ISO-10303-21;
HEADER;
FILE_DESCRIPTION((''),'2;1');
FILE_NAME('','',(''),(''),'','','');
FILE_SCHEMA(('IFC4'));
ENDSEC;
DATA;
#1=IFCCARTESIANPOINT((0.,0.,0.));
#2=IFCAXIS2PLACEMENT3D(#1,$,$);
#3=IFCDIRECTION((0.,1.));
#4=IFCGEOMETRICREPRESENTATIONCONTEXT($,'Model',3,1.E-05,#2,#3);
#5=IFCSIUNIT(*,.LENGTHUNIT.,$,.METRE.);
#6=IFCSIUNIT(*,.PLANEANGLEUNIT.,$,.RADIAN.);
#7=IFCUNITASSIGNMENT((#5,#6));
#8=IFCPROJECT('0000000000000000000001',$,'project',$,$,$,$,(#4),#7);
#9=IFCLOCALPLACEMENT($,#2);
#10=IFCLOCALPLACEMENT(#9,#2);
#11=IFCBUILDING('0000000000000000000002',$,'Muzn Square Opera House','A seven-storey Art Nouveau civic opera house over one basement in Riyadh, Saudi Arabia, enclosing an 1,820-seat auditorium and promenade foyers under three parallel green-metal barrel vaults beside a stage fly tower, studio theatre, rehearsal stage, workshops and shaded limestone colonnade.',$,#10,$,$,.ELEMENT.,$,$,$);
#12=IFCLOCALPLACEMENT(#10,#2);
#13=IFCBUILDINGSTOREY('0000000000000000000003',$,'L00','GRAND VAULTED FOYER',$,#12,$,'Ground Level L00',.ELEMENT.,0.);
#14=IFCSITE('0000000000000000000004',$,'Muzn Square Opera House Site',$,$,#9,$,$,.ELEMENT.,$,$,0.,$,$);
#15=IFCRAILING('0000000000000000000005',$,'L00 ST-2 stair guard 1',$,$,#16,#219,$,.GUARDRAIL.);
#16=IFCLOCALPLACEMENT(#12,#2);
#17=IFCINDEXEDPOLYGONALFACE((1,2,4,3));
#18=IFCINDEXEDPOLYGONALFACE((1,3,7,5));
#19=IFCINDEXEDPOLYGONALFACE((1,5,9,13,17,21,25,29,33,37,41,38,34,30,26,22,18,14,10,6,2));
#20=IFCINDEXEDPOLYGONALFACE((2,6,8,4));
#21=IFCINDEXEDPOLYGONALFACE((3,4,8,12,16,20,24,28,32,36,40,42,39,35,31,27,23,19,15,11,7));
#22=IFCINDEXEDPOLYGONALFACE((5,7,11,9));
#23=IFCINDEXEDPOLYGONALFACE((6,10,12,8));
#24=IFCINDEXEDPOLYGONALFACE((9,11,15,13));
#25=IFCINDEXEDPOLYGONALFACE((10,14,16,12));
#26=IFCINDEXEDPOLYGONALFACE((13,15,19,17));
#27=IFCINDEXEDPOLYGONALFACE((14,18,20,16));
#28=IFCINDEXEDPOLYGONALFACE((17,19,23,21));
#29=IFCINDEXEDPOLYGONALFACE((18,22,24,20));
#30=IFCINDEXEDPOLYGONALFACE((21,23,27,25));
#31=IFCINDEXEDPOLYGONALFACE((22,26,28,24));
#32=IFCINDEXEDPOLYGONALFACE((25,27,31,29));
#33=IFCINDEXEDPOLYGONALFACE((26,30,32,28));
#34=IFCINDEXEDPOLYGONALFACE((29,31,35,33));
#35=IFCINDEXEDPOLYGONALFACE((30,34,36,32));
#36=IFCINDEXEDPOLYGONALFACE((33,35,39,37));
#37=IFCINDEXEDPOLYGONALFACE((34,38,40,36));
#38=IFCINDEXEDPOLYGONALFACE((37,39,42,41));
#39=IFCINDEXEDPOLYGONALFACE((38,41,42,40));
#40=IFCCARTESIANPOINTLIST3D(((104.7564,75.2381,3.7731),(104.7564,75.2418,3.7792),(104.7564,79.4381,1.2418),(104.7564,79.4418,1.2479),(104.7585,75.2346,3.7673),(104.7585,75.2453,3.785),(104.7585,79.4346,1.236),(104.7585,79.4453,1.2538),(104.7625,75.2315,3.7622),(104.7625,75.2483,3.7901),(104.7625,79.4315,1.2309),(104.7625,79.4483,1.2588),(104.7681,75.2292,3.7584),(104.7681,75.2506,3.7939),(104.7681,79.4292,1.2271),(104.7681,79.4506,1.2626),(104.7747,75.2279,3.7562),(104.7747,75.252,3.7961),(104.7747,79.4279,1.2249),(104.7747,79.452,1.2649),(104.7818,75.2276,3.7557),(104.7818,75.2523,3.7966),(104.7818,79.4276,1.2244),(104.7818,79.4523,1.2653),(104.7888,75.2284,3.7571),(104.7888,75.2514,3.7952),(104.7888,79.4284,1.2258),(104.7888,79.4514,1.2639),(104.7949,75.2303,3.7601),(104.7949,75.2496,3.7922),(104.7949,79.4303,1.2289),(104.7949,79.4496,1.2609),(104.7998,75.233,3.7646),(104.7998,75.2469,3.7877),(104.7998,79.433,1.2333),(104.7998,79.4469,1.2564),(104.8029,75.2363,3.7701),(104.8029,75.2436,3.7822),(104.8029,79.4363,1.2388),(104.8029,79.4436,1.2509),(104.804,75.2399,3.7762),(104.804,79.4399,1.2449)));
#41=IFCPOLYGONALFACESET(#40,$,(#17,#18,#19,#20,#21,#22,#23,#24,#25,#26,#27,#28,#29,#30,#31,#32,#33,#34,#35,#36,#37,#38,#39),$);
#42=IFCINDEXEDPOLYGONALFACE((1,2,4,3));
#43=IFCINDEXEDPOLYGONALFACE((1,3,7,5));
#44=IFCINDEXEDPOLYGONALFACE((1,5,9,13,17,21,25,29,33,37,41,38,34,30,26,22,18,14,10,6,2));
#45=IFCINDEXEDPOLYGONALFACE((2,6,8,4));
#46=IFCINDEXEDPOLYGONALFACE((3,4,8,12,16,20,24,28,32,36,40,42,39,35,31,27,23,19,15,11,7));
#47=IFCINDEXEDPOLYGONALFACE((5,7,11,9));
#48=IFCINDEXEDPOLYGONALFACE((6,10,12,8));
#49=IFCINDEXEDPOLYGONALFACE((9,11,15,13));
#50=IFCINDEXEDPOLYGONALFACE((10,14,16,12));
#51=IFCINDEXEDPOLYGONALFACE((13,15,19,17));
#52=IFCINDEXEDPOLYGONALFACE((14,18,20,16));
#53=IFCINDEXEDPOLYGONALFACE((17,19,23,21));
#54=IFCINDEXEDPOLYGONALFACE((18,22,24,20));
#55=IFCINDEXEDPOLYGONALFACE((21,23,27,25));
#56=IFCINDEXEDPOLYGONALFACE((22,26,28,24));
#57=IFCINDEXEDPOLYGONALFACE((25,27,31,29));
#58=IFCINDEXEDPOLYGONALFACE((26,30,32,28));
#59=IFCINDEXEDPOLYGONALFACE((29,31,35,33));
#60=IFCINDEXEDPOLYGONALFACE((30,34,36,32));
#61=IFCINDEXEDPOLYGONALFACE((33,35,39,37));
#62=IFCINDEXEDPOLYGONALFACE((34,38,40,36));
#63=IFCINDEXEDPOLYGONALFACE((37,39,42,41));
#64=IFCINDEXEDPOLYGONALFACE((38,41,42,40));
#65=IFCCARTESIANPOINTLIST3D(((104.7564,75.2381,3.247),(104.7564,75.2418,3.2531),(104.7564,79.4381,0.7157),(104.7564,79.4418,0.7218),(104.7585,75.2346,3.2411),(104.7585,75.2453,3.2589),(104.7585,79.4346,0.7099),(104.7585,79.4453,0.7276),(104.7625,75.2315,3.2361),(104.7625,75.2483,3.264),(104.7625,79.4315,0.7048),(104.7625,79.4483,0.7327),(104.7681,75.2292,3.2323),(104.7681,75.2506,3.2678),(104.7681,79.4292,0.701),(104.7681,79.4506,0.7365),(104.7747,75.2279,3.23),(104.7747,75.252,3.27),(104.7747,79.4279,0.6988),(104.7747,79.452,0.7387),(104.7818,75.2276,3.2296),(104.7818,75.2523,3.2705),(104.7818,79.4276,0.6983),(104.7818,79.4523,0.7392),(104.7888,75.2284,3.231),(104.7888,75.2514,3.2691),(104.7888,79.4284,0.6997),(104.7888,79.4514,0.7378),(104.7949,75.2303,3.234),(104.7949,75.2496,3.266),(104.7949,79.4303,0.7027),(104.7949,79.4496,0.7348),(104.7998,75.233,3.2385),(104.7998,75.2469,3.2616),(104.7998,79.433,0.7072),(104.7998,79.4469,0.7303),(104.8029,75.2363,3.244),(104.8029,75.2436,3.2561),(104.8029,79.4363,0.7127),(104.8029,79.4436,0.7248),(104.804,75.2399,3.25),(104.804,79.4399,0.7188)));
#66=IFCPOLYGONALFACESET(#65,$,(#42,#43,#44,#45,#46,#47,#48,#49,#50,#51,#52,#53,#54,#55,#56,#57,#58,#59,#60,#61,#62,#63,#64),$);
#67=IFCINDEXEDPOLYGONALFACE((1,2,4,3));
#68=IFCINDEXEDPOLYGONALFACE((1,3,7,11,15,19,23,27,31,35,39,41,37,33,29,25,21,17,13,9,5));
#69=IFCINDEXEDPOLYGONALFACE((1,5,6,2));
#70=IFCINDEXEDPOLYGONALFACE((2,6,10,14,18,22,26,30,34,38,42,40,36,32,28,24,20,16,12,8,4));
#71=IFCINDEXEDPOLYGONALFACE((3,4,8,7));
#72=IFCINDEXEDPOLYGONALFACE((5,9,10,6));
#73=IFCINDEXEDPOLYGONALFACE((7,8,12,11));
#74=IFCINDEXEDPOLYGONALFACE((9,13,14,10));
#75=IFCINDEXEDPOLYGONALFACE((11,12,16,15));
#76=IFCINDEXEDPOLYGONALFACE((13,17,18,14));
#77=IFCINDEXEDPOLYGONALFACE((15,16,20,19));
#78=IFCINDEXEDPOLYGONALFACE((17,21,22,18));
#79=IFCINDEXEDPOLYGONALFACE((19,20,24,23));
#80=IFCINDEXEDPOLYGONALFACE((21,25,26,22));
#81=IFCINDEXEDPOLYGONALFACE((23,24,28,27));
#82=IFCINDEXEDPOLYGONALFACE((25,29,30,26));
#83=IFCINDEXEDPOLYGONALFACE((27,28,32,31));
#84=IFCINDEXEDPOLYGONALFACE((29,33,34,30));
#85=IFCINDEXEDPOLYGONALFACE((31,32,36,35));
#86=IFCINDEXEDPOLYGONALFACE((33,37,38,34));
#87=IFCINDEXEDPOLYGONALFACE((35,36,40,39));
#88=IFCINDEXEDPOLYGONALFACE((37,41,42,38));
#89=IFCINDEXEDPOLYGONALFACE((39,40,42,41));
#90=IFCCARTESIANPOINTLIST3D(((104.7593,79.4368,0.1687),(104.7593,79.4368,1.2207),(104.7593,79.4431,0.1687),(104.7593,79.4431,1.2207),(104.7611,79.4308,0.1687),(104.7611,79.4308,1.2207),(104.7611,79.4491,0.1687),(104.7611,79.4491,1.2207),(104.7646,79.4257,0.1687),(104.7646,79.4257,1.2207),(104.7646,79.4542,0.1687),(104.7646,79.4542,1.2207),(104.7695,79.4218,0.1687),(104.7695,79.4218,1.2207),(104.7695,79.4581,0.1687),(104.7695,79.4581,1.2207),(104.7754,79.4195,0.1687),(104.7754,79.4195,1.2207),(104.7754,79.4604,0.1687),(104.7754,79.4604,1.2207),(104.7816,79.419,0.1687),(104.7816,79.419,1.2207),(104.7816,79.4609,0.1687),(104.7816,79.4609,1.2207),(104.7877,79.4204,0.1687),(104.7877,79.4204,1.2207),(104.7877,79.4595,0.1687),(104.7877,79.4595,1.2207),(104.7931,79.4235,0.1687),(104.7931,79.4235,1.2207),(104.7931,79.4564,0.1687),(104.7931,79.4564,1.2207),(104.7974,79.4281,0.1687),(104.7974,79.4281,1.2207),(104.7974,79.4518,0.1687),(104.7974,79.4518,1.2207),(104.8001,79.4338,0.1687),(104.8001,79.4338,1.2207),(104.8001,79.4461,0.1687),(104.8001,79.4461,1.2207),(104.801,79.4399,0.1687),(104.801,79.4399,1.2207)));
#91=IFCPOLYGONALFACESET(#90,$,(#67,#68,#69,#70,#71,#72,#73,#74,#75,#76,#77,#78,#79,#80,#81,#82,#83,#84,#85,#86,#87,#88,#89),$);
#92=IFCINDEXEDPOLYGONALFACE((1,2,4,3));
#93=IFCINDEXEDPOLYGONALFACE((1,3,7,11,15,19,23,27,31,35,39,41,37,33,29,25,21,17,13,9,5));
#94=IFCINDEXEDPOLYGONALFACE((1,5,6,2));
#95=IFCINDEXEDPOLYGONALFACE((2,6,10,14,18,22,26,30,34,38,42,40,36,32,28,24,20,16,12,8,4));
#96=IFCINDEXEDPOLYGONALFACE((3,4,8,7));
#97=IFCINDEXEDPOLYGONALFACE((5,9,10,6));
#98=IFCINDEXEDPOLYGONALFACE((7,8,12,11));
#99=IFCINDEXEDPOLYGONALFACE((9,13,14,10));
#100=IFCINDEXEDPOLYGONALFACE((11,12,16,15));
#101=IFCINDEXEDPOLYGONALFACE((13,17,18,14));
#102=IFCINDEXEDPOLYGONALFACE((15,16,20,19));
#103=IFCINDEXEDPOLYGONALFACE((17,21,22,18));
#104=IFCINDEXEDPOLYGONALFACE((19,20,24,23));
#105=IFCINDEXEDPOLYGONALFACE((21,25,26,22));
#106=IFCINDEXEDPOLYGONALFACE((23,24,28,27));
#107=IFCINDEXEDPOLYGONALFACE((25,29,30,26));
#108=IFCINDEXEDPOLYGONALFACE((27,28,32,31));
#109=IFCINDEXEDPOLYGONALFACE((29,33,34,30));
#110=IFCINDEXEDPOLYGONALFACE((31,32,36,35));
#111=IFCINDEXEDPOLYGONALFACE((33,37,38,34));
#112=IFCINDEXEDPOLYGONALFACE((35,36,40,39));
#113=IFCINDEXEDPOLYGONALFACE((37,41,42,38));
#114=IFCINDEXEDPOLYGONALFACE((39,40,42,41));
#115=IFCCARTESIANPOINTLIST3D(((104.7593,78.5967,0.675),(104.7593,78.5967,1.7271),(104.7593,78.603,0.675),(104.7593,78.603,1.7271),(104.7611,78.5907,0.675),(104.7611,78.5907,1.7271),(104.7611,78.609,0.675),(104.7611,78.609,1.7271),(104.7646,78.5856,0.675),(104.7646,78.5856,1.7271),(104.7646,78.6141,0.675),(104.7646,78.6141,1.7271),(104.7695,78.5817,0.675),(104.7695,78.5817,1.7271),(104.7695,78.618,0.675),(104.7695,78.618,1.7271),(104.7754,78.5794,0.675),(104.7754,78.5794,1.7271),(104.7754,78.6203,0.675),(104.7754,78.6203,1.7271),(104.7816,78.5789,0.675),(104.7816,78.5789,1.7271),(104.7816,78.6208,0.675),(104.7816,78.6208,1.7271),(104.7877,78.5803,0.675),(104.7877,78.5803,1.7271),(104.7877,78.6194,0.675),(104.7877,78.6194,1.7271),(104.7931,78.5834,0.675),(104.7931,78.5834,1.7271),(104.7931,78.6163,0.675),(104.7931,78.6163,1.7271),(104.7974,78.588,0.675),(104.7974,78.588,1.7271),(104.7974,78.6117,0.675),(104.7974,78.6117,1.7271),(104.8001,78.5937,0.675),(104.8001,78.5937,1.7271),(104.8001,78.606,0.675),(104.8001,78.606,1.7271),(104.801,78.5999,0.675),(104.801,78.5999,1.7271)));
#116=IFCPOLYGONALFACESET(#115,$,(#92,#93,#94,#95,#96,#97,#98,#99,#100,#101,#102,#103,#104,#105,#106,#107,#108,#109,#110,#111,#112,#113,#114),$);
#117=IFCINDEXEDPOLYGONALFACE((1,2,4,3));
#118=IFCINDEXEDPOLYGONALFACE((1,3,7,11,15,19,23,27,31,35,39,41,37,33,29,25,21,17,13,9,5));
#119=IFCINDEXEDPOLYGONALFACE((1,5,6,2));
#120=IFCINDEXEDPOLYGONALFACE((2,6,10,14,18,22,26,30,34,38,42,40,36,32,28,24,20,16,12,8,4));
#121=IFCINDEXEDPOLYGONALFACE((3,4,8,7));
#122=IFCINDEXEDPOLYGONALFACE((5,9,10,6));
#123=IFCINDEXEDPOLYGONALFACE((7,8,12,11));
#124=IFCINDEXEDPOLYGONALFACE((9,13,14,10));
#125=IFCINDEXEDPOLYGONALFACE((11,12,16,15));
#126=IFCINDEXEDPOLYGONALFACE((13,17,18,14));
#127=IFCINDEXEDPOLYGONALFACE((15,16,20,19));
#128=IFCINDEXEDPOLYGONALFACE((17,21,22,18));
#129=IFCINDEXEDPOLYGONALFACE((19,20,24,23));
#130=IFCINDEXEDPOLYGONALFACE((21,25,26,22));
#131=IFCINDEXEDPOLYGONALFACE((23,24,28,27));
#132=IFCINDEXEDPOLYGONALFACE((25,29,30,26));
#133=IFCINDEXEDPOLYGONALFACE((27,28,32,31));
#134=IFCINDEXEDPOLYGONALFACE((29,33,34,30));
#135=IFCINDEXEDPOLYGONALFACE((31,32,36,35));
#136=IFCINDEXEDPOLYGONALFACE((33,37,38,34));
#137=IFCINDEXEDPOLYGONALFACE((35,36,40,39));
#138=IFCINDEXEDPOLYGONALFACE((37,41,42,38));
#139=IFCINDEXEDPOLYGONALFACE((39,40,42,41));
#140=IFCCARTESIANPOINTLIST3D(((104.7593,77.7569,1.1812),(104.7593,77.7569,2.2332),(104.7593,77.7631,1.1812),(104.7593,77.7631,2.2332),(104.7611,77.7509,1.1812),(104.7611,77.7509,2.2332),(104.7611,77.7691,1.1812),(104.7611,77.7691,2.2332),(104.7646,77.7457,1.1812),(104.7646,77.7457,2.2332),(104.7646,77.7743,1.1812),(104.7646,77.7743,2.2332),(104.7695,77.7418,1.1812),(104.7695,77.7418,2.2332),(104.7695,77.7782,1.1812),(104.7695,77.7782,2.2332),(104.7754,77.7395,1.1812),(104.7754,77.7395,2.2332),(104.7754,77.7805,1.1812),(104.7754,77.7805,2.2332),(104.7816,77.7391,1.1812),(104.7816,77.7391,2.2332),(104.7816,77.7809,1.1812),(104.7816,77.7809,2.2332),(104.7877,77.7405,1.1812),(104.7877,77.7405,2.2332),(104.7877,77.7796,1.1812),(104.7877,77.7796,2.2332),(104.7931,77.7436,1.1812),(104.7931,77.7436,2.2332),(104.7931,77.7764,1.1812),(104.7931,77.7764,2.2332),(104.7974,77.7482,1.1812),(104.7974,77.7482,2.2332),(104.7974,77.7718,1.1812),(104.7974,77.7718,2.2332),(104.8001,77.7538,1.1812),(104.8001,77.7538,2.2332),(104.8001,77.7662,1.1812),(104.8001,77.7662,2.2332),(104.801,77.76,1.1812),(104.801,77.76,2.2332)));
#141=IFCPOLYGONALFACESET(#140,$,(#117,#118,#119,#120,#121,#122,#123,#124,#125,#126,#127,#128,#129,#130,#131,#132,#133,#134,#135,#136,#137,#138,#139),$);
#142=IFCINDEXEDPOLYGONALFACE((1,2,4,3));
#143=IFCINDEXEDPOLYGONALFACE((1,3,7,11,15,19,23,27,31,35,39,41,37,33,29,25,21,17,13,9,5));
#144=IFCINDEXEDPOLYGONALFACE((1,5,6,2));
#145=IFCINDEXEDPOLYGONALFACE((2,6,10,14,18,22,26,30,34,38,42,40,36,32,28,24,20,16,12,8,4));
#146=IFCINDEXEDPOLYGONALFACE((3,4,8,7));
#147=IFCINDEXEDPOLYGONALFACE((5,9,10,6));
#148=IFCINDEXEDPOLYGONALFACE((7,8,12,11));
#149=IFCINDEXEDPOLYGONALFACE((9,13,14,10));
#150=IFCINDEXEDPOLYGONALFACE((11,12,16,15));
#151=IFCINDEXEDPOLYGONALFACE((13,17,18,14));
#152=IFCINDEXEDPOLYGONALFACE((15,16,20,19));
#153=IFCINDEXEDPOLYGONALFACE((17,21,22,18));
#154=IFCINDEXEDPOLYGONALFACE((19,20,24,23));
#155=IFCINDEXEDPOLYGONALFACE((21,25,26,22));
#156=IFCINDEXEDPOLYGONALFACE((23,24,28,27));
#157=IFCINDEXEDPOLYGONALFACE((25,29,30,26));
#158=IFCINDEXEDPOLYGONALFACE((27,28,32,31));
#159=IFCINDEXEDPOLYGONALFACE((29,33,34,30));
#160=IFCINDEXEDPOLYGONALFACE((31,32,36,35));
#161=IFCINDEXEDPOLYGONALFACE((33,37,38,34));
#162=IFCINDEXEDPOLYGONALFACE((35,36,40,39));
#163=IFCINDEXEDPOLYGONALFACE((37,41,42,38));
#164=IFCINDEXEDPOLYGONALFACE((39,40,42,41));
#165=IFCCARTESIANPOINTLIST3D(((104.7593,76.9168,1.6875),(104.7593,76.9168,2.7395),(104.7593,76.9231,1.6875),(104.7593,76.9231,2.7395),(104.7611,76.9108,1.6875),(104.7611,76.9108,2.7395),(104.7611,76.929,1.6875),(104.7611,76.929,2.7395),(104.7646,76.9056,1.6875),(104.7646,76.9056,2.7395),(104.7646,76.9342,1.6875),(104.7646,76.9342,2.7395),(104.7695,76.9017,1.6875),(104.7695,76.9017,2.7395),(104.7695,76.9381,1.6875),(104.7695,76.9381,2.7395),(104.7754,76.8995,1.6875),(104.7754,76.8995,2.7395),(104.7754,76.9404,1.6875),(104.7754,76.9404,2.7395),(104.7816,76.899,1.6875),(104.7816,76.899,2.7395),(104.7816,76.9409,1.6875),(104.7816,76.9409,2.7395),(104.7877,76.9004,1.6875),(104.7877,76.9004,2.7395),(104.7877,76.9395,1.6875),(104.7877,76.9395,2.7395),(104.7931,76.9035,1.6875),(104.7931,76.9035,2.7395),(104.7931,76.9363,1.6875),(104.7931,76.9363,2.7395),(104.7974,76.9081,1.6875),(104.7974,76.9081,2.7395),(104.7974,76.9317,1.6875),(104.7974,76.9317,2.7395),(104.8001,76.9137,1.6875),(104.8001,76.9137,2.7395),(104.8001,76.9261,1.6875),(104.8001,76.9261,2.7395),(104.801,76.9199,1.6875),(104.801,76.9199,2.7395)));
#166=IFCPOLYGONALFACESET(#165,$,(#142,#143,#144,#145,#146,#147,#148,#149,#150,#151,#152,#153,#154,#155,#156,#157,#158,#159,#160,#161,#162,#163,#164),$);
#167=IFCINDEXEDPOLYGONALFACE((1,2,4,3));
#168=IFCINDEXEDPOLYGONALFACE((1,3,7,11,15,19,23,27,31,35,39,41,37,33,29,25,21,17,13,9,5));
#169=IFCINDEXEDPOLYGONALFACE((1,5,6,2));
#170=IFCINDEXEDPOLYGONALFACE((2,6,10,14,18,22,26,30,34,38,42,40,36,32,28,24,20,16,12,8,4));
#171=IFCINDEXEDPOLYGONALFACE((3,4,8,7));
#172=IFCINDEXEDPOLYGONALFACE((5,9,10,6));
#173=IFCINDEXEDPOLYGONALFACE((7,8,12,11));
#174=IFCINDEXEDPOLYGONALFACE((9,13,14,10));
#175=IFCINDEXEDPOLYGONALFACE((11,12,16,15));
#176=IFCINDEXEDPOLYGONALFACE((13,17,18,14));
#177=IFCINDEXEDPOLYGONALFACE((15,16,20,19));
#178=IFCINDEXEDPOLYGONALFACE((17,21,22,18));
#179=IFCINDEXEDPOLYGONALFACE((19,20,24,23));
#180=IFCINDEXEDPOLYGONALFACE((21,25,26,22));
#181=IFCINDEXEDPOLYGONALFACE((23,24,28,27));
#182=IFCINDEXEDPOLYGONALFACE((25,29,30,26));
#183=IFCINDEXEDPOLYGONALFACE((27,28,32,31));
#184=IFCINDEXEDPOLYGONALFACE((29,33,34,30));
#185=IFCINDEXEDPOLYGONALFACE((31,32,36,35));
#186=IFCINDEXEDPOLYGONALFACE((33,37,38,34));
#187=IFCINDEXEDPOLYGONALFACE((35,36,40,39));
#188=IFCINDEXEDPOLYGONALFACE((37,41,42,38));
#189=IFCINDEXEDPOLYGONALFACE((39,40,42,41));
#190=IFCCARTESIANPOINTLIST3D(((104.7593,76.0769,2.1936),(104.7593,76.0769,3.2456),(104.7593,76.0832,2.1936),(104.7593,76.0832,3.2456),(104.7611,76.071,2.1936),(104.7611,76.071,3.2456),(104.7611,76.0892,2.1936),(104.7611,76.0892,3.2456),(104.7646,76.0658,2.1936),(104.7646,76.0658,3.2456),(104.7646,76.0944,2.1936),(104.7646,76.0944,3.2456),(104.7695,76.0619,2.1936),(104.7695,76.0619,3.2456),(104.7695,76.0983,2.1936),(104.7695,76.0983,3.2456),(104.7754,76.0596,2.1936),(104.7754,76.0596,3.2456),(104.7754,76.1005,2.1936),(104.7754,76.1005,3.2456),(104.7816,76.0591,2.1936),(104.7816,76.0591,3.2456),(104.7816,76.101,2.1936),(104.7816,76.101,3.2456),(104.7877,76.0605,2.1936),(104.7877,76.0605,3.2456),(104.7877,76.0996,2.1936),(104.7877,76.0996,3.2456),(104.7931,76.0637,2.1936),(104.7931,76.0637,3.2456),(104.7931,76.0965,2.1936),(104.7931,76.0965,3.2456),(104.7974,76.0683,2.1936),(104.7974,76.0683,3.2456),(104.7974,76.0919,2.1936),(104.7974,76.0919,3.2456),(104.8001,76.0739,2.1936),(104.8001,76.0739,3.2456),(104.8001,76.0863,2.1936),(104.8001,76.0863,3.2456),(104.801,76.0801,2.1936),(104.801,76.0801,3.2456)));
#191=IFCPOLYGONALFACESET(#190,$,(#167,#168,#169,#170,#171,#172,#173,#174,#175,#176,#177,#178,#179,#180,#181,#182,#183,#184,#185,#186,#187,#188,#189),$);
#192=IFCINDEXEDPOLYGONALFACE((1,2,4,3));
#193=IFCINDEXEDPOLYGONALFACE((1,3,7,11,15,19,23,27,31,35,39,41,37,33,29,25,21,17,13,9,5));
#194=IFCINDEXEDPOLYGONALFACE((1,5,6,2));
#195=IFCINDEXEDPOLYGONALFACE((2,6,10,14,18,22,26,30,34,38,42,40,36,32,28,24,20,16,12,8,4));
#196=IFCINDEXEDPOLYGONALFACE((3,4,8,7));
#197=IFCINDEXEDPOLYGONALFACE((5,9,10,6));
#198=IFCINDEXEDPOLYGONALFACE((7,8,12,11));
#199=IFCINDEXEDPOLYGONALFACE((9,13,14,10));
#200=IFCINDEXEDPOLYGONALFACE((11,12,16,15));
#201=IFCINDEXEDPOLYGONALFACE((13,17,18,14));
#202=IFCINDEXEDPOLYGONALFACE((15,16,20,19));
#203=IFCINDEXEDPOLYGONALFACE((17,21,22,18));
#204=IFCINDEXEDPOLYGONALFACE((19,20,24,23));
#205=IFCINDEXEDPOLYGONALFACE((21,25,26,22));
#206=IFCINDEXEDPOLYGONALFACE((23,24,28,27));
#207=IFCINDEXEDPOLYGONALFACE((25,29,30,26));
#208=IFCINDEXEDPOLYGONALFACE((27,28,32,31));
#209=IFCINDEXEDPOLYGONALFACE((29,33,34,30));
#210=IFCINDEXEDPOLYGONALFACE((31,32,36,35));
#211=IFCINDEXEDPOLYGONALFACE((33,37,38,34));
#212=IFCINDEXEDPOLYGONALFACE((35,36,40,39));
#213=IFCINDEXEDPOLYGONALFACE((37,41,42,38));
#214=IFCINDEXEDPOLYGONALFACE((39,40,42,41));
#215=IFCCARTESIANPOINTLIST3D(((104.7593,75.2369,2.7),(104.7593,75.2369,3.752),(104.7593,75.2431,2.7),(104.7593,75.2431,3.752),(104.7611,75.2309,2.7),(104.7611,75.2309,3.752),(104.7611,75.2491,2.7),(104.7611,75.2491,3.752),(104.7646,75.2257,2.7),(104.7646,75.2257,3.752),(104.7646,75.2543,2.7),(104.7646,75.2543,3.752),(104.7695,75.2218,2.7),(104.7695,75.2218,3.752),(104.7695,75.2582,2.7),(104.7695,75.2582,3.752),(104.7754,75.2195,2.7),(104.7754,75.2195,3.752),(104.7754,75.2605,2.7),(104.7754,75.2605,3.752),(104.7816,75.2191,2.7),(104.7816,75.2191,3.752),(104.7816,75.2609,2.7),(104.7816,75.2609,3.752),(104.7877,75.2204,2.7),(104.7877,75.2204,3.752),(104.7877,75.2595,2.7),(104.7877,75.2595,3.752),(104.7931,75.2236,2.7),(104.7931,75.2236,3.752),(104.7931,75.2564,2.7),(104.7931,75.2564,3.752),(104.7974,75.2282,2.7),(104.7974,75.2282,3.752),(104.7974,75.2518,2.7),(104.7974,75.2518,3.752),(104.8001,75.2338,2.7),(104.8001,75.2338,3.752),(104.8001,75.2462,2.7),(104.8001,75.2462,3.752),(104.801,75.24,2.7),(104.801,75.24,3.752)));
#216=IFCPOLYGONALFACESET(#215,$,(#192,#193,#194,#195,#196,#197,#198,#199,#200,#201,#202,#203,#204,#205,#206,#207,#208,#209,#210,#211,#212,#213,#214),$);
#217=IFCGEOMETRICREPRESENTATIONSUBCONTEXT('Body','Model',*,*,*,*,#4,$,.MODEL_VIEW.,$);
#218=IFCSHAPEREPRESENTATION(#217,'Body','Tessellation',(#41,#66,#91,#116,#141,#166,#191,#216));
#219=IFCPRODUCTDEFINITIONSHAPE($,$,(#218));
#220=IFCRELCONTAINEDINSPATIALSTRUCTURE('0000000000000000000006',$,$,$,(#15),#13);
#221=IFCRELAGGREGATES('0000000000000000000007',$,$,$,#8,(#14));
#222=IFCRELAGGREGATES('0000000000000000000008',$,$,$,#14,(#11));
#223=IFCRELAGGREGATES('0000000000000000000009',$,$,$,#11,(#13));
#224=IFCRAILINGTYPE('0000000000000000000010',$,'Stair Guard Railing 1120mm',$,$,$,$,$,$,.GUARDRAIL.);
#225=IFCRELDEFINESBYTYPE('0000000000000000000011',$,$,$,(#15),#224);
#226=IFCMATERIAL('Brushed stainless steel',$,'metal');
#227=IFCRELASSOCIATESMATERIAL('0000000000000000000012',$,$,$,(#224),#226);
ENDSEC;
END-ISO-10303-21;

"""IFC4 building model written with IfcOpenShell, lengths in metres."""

from ifc_helpers import new_model, si_unit, direction, frame, origin, origin_2d, place, context, subcontext, project, spatial, circle, extrude, material, type_object, element, save


model = new_model("IFC4")

# Units and contexts
model_context = context("Model", 3, precision=1e-05, world=origin(), true_north=direction((0.0, 1.0)))
body_context = subcontext(model_context, "Body", "Model", "MODEL_VIEW")
ifc_project = project(units=[si_unit("LENGTHUNIT", "METRE"), si_unit("PLANEANGLEUNIT", "RADIAN")], contexts=[model_context])

# Site, building, storey
site_placement = place(None, origin())
site = spatial("IfcSite", under=ifc_project, at=site_placement, Name="Muzn Square Opera House Site", CompositionType="ELEMENT", RefElevation=0.0)
building_placement = place(site_placement, origin())
building = spatial("IfcBuilding", under=site, at=building_placement, Name="Muzn Square Opera House", Description="A seven-storey Art Nouveau civic opera house over one basement in Riyadh, Saudi Arabia, enclosing an 1,820-seat auditorium and promenade foyers under three parallel green-metal barrel vaults beside a stage fly tower, studio theatre, rehearsal stage, workshops and shaded limestone colonnade.", CompositionType="ELEMENT")
storey_placement = place(building_placement, origin())
storey = spatial("IfcBuildingStorey", under=building, at=storey_placement, Name="L00", Description="GRAND VAULTED FOYER", LongName="Ground Level L00", CompositionType="ELEMENT", Elevation=0.0)

# Shared definitions
ifc_material_1 = material(Name="Brushed stainless steel", Category="metal")

# Railing
railing_type_1 = type_object("IfcRailingType", Name="Stair Guard Railing 1120mm", PredefinedType="GUARDRAIL", material=ifc_material_1)
railing_1_placement = place(storey_placement, frame((104.78, 79.4399, 0.1687)))
element("IfcRailing", 1, at=railing_1_placement, inside=storey, type_object=railing_type_1, Name="L00 ST-2 stair guard 1", PredefinedType="GUARDRAIL", context=body_context, shape_type="SweptSolid", body=[
    extrude(circle(Radius=0.0239, at=origin_2d()), frame((0.0, 0.0, 1.0762), z_axis=(0.0, -0.856476, 0.516186), x_axis=(1.0, 0.0, 0.0)), (0.0, 0.0, 1.0), 4.9038),
    extrude(circle(Radius=0.0239, at=origin_2d()), frame((0.0, 0.0, 0.55), z_axis=(0.0, -0.856476, 0.516186), x_axis=(1.0, 0.0, 0.0)), (0.0, 0.0, 1.0), 4.9038),
    extrude(circle(Radius=0.021, at=origin_2d()), origin(), (0.0, 0.0, 1.0), 1.052),
    extrude(circle(Radius=0.021, at=origin_2d()), frame((0.0, -0.8401, 0.5063)), (0.0, 0.0, 1.0), 1.052),
    extrude(circle(Radius=0.021, at=origin_2d()), frame((0.0, -1.6799, 1.0125)), (0.0, 0.0, 1.0), 1.052),
    extrude(circle(Radius=0.021, at=origin_2d()), frame((0.0, -2.52, 1.5188)), (0.0, 0.0, 1.0), 1.052),
    extrude(circle(Radius=0.021, at=origin_2d()), frame((0.0, -3.3599, 2.0249)), (0.0, 0.0, 1.0), 1.052),
    extrude(circle(Radius=0.021, at=origin_2d()), frame((0.0, -4.2, 2.5312)), (0.0, 0.0, 1.0), 1.052),
])

save(model, "model.ifc")
